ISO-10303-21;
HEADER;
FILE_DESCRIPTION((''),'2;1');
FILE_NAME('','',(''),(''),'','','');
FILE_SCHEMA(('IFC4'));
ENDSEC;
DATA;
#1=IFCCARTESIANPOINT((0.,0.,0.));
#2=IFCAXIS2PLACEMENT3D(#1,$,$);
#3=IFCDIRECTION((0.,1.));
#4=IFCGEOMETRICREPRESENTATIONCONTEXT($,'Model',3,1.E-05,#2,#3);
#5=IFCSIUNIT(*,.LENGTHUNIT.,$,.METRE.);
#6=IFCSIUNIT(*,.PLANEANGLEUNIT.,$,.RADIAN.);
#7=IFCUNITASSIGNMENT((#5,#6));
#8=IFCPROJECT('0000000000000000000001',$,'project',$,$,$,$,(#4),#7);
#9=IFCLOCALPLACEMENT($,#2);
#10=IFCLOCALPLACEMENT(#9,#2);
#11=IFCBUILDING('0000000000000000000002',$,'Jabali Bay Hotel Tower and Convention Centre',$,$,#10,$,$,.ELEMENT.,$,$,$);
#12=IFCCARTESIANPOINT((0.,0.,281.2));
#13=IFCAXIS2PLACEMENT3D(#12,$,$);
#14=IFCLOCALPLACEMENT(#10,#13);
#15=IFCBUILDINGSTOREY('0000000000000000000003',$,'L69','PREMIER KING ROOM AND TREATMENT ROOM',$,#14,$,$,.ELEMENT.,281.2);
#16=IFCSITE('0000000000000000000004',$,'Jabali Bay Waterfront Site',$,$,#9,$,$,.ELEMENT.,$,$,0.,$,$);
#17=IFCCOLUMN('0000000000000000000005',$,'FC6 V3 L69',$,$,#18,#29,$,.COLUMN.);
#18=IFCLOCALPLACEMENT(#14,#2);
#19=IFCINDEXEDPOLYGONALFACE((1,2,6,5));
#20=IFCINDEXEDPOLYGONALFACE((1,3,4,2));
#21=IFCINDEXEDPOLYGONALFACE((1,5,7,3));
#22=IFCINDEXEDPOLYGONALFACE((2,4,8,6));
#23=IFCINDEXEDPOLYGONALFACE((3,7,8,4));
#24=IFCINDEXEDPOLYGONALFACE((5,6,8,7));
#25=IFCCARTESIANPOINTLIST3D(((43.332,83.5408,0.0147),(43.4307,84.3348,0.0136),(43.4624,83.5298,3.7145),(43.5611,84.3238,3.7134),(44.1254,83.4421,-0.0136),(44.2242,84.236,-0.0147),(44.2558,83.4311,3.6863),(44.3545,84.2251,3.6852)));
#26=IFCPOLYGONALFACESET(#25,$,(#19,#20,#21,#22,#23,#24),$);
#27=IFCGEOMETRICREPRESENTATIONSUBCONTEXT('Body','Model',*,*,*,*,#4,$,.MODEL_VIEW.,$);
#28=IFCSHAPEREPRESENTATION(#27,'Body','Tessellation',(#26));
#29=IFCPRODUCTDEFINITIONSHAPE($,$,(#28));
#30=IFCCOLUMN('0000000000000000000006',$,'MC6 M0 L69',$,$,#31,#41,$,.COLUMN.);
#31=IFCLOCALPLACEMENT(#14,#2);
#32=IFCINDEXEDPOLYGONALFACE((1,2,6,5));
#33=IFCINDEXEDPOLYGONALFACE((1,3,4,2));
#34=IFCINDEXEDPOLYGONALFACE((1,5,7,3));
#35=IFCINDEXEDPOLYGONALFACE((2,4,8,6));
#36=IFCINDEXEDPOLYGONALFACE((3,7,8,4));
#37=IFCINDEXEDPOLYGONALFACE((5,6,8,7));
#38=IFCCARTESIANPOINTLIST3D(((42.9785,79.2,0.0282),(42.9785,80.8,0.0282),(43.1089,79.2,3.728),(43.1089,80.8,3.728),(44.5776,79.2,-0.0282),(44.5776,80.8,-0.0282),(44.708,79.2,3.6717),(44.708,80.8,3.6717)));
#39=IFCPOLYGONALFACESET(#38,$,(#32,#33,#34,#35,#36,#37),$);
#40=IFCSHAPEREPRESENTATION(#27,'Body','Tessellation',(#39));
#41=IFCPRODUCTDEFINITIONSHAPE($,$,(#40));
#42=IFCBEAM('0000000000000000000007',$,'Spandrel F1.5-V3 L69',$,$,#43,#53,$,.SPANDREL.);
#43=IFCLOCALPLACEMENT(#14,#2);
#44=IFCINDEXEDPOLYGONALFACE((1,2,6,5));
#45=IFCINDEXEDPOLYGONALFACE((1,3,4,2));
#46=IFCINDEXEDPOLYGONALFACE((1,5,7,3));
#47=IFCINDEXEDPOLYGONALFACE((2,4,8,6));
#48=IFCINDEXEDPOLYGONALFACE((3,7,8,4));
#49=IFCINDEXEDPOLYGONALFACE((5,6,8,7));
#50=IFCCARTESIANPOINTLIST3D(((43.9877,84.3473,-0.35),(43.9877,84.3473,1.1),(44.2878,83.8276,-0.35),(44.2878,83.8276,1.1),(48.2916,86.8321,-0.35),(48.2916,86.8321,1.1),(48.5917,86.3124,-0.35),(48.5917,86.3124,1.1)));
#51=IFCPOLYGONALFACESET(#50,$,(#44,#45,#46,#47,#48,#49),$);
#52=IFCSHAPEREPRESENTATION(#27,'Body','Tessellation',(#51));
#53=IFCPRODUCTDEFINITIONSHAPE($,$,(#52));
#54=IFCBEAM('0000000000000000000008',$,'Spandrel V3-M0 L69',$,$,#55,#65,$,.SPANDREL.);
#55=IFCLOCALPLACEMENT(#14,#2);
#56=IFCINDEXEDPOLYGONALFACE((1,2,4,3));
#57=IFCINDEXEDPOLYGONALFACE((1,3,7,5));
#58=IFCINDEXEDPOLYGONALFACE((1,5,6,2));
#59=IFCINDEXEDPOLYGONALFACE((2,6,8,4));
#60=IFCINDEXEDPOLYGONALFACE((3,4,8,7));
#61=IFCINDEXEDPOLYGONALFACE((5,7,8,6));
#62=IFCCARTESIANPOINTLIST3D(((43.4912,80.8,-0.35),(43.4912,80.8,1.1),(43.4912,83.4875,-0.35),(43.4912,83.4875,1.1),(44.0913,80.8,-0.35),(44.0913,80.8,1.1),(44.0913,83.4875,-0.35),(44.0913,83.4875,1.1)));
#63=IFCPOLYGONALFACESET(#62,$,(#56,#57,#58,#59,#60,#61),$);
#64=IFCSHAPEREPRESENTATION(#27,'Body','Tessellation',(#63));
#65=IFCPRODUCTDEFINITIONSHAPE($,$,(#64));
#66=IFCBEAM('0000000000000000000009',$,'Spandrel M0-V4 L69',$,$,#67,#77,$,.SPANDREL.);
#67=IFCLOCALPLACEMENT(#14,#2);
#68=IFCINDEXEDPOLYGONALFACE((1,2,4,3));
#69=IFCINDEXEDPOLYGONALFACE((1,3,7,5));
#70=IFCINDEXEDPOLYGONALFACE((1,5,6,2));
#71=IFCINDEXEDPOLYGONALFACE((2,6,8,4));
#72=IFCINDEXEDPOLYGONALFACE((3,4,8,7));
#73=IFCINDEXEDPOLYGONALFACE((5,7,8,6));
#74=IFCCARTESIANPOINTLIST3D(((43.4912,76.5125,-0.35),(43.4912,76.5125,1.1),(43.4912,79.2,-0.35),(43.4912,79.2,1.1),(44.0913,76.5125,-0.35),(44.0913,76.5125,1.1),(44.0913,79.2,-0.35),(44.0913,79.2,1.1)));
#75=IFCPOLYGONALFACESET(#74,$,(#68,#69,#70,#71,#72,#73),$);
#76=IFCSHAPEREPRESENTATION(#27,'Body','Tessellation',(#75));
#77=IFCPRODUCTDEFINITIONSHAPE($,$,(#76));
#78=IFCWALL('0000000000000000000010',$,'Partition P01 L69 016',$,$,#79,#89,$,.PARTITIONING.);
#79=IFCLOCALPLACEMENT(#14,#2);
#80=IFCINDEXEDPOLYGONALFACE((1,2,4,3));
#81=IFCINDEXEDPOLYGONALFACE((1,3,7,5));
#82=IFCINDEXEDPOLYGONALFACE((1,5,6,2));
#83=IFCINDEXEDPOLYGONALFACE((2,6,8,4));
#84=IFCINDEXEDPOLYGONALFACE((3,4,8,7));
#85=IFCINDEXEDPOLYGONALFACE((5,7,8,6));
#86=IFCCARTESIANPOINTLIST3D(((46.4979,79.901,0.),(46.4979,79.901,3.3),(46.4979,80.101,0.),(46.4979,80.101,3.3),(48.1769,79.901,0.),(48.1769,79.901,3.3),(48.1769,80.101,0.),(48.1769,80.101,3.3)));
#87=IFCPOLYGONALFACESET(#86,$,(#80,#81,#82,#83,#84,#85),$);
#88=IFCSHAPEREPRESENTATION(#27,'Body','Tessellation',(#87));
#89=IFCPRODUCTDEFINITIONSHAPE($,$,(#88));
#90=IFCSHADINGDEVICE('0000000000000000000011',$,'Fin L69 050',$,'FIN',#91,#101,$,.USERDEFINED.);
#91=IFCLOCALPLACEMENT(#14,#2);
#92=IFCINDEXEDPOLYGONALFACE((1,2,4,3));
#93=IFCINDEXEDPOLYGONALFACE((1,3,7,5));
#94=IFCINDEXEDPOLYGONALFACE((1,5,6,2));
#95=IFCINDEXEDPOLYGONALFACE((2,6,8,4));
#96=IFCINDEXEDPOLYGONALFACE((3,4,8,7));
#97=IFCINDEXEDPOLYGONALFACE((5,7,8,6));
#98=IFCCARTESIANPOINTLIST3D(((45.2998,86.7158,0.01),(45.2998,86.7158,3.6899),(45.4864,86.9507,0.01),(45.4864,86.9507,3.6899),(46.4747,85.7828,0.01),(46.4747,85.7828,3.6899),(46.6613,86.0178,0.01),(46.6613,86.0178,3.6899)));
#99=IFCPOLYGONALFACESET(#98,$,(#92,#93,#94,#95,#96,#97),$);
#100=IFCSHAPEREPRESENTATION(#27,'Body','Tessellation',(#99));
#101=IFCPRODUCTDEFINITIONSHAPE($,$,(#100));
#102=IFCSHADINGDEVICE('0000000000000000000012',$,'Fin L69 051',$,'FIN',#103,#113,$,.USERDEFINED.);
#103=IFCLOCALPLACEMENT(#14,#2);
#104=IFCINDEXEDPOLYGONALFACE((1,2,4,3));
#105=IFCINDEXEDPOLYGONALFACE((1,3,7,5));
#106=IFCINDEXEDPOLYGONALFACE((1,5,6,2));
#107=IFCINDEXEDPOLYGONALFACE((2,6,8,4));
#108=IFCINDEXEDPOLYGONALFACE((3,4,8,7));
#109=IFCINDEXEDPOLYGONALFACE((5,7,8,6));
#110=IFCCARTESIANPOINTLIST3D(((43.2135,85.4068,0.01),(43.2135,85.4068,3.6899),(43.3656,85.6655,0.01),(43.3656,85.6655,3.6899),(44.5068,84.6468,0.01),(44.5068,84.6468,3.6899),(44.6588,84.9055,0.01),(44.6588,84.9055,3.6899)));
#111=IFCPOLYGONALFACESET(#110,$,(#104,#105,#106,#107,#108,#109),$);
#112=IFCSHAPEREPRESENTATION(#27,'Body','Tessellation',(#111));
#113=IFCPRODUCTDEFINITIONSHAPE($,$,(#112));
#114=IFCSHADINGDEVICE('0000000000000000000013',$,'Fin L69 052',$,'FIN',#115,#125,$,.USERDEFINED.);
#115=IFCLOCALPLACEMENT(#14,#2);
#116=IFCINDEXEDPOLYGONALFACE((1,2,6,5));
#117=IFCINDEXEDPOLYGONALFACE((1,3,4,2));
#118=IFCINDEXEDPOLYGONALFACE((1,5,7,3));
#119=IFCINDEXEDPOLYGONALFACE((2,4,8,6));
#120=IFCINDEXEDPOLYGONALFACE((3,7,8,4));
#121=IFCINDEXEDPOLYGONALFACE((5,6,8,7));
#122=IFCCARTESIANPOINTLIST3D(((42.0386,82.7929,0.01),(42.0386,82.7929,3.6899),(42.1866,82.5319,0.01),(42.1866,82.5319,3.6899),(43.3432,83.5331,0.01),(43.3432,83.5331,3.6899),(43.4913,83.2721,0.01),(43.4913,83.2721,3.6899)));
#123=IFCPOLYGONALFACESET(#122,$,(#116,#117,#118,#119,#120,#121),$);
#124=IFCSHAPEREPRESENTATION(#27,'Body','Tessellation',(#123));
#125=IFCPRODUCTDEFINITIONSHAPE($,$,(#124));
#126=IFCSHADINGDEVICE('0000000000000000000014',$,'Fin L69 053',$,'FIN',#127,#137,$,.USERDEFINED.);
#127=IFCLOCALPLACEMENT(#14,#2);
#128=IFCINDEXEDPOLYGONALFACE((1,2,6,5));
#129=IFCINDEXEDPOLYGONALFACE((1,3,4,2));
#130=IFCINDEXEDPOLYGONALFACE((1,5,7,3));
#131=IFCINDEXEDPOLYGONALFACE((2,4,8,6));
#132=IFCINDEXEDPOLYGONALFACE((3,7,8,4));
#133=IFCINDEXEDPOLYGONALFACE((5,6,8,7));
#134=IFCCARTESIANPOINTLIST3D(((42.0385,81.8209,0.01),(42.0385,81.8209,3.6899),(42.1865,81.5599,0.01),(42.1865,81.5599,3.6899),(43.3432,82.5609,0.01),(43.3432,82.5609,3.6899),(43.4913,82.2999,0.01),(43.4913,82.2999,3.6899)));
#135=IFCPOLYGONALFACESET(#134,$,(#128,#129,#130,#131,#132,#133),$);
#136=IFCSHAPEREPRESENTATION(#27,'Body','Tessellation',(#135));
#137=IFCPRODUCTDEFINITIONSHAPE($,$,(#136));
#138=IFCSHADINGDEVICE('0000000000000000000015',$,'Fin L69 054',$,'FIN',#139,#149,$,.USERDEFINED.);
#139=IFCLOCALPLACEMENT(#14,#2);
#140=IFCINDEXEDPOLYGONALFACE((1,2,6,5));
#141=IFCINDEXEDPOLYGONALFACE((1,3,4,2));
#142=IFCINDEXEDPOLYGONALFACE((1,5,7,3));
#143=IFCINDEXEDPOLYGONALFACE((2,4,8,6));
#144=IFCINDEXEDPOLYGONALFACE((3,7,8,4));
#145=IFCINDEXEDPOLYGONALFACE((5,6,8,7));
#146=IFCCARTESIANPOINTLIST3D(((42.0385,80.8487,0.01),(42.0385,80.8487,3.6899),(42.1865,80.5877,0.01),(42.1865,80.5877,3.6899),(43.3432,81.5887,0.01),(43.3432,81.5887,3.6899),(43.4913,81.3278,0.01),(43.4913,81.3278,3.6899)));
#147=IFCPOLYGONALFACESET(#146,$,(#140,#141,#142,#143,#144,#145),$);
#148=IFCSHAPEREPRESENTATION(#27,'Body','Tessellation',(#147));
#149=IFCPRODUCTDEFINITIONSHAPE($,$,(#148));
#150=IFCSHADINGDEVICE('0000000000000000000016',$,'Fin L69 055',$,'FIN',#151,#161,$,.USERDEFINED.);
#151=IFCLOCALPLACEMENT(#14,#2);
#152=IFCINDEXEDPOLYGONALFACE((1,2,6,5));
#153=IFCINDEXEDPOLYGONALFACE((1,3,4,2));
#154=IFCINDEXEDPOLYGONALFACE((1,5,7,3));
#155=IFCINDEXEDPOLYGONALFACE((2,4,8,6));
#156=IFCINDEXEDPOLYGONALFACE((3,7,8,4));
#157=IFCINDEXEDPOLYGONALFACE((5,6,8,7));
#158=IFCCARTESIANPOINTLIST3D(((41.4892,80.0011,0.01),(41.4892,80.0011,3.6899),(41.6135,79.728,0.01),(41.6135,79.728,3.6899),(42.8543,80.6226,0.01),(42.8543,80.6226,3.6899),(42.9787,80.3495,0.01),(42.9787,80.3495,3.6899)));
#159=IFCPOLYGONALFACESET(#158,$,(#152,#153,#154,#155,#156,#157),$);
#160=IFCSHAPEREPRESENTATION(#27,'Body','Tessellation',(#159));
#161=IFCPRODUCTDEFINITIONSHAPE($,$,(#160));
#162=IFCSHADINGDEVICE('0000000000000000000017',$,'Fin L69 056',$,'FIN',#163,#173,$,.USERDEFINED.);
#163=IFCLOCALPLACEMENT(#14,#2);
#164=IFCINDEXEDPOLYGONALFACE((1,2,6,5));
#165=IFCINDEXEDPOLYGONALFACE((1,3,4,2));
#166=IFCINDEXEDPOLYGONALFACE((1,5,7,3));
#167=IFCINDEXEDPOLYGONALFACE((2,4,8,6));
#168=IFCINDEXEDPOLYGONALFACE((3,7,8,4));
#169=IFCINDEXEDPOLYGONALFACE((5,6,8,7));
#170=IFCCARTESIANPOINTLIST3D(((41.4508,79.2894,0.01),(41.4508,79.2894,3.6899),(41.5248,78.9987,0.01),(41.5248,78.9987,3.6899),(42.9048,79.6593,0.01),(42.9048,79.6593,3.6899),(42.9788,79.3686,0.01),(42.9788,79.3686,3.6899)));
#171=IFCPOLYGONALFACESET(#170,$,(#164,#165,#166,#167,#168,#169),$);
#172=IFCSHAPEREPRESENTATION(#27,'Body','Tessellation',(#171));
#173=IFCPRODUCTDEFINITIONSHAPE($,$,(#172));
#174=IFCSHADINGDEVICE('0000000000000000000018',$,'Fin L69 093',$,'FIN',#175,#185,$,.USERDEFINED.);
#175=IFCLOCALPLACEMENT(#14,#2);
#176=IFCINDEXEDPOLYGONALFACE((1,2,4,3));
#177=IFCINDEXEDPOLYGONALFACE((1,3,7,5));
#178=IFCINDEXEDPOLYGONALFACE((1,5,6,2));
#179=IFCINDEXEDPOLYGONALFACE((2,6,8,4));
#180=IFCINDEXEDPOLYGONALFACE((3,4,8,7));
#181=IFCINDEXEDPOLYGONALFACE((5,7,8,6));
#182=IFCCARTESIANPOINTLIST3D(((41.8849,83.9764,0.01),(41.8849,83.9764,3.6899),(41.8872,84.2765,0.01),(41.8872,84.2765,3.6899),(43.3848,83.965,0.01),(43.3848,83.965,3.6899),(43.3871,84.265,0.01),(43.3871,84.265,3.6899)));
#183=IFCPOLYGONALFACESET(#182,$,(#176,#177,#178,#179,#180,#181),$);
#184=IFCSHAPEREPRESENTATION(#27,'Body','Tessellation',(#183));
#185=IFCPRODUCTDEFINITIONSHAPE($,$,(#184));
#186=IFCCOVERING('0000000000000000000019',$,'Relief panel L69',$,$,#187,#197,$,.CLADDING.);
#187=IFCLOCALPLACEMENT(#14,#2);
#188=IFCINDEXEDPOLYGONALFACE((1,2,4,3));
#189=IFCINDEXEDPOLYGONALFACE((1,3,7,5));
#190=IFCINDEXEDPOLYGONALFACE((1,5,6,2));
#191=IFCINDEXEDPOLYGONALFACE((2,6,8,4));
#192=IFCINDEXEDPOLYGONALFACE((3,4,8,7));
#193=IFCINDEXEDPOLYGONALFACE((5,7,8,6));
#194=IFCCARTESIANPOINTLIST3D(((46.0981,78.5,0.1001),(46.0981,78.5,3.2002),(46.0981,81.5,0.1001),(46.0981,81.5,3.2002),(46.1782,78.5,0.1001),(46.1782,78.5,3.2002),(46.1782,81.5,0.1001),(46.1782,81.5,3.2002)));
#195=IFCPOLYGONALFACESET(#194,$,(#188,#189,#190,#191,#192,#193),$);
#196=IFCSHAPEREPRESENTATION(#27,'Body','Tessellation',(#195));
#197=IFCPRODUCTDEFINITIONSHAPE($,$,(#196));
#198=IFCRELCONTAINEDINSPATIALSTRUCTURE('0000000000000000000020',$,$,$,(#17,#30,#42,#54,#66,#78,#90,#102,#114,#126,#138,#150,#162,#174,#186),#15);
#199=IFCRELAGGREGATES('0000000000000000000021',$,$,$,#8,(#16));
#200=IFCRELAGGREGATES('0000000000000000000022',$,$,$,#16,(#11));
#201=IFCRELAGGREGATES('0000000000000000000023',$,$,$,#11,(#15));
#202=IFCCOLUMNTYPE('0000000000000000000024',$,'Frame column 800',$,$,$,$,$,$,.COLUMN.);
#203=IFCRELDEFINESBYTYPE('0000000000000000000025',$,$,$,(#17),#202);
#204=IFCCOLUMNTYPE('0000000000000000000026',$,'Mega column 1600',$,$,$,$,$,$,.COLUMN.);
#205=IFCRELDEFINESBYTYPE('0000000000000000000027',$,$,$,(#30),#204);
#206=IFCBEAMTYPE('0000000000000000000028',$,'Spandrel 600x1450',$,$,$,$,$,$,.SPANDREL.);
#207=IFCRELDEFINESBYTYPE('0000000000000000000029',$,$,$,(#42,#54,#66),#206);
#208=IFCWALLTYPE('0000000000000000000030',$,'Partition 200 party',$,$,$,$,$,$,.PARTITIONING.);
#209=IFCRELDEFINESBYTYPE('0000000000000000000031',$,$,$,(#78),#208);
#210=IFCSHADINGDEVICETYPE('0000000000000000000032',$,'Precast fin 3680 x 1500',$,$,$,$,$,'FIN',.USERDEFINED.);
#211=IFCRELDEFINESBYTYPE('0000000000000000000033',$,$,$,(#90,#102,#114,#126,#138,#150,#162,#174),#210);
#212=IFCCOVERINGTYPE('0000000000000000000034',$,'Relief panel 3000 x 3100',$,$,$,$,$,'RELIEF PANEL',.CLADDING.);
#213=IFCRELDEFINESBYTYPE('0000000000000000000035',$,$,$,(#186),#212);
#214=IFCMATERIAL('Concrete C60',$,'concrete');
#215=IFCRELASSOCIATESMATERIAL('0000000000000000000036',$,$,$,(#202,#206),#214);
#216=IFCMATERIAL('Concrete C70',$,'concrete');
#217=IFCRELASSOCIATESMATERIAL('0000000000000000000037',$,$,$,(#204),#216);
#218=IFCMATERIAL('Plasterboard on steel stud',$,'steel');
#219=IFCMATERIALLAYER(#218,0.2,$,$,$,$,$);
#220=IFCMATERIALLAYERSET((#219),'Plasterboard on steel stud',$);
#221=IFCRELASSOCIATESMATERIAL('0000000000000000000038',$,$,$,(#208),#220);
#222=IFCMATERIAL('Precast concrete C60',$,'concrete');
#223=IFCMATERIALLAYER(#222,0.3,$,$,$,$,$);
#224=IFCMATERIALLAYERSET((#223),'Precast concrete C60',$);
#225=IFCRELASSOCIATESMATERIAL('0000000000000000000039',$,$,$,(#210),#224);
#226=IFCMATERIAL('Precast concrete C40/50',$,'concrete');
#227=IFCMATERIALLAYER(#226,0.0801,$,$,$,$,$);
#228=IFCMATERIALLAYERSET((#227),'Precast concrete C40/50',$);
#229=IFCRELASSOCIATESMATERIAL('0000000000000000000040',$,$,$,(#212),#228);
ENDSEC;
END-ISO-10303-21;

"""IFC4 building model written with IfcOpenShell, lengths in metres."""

from ifc_helpers import new_model, si_unit, direction, frame, frame_2d, origin, origin_2d, place, context, subcontext, project, spatial, rectangle, extrude, material, layer, layer_set, material_profile, profile_set, type_object, element, save


model = new_model("IFC4")

# Units and contexts
model_context = context("Model", 3, precision=1e-05, world=origin(), true_north=direction((0.0, 1.0)))
body_context = subcontext(model_context, "Body", "Model", "MODEL_VIEW")
ifc_project = project(units=[si_unit("LENGTHUNIT", "METRE"), si_unit("PLANEANGLEUNIT", "RADIAN")], contexts=[model_context])

# Site, building, storey
site_placement = place(None, origin())
site = spatial("IfcSite", under=ifc_project, at=site_placement, Name="Jabali Bay Waterfront Site", CompositionType="ELEMENT", RefElevation=0.0)
building_placement = place(site_placement, origin())
building = spatial("IfcBuilding", under=site, at=building_placement, Name="Jabali Bay Hotel Tower and Convention Centre", CompositionType="ELEMENT")
storey_placement = place(building_placement, frame((0.0, 0.0, 281.2)))
storey = spatial("IfcBuildingStorey", under=building, at=storey_placement, Name="L69", Description="PREMIER KING ROOM AND TREATMENT ROOM", CompositionType="ELEMENT", Elevation=281.2)

# Columns
ifc_material_1 = material(Name="Concrete C60", Category="concrete")
ifc_material_profile_1 = material_profile(ifc_material_1, rectangle(XDim=0.8, YDim=0.8, at=origin_2d()), Name="Frame column 800")
ifc_profile_set_1 = profile_set([ifc_material_profile_1], Name="Concrete C60")
column_type_1 = type_object("IfcColumnType", Name="Frame column 800", PredefinedType="COLUMN", material=ifc_profile_set_1)
column_1_placement = place(storey_placement, frame((43.7781, 83.8884, 0.0), z_axis=(0.035214, -0.002967, 0.999375), x_axis=(-0.991731, 0.123384, 0.035311)))
element("IfcColumn", 1, at=column_1_placement, inside=storey, type_object=column_type_1, Name="FC6 V3 L69", PredefinedType="COLUMN", context=body_context, shape_type="SweptSolid", body=[
    extrude(rectangle(XDim=0.8, YDim=0.8, at=origin_2d()), origin(), (0.0, 0.0, 1.0), 3.7021),
])
ifc_material_2 = material(Name="Concrete C70", Category="concrete")
ifc_material_profile_2 = material_profile(ifc_material_2, rectangle(XDim=1.6001, YDim=1.6001, at=origin_2d()), Name="Mega column 1600")
ifc_profile_set_2 = profile_set([ifc_material_profile_2], Name="Concrete C70")
column_type_2 = type_object("IfcColumnType", Name="Mega column 1600", PredefinedType="COLUMN", material=ifc_profile_set_2)
column_2_placement = place(storey_placement, frame((43.7781, 80.0, 0.0), z_axis=(0.035214, 0.0, 0.99938), x_axis=(0.0, 1.0, 0.0)))
element("IfcColumn", 2, at=column_2_placement, inside=storey, type_object=column_type_2, Name="MC6 M0 L69", PredefinedType="COLUMN", context=body_context, shape_type="SweptSolid", body=[
    extrude(rectangle(XDim=1.6001, YDim=1.6001, at=origin_2d()), origin(), (0.0, 0.0, 1.0), 3.7021),
])

# Beams
ifc_material_profile_3 = material_profile(ifc_material_1, rectangle(XDim=0.6001, YDim=1.45, at=origin_2d()), Name="Spandrel 600x1450")
ifc_profile_set_3 = profile_set([ifc_material_profile_3], Name="Concrete C60")
beam_type = type_object("IfcBeamType", Name="Spandrel 600x1450", PredefinedType="SPANDREL", material=ifc_profile_set_3)
beam_placement = place(storey_placement, frame((48.4417, 86.5723, 0.375), z_axis=(-0.866028, -0.499996, 0.0), x_axis=(0.499996, -0.866028, 0.0)))
element("IfcBeam", 3, at=beam_placement, inside=storey, type_object=beam_type, Name="Spandrel F1.5-V3 L69", PredefinedType="SPANDREL", context=body_context, shape_type="SweptSolid", body=[
    extrude(rectangle(XDim=0.6001, YDim=1.45, at=origin_2d()), origin(), (0.0, 0.0, 1.0), 4.9697),
])
for number, where, z_axis, x_axis, name in (
    (4, (43.7913, 83.4875, 0.375), (0.0, -1.0, 0.0), (1.0, 0.0, 0.0), "Spandrel V3-M0 L69"),
    (5, (43.7913, 79.2, 0.375), (0.0, -1.0, 0.0), (1.0, 0.0, 0.0), "Spandrel M0-V4 L69"),
):
    element("IfcBeam", number, at=place(storey_placement, frame(where, z_axis=z_axis, x_axis=x_axis)), inside=storey, type_object=beam_type, Name=name, PredefinedType="SPANDREL", context=body_context, shape_type="SweptSolid", body=[
        extrude(rectangle(XDim=0.6001, YDim=1.45, at=origin_2d()), origin(), (0.0, 0.0, 1.0), 2.6875),
    ])

# Wall
ifc_material_3 = material(Name="Plasterboard on steel stud", Category="steel")
ifc_layer_1 = layer(ifc_material_3, 0.2)
ifc_layer_set_1 = layer_set([ifc_layer_1], Name="Plasterboard on steel stud")
wall_type_1 = type_object("IfcWallType", Name="Partition 200 party", PredefinedType="PARTITIONING", material=ifc_layer_set_1)
wall_1_placement = place(storey_placement, frame((46.498, 80.001, 0.0), z_axis=(0.0, 0.0, 1.0), x_axis=(1.0, 0.0, 0.0)))
element("IfcWall", 6, at=wall_1_placement, inside=storey, type_object=wall_type_1, Name="Partition P01 L69 016", PredefinedType="PARTITIONING", context=body_context, shape_type="SweptSolid", body=[
    extrude(rectangle(XDim=1.679, YDim=0.2, at=frame_2d((0.8394, 0.0))), origin(), (0.0, 0.0, 1.0), 3.3),
])

# Shading devices
ifc_material_4 = material(Name="Precast concrete C60", Category="concrete")
ifc_layer_2 = layer(ifc_material_4, 0.3)
ifc_layer_set_2 = layer_set([ifc_layer_2], Name="Precast concrete C60")
shading_device_type = type_object("IfcShadingDeviceType", Name="Precast fin 3680 x 1500", ElementType="FIN", PredefinedType="USERDEFINED", material=ifc_layer_set_2)
shading_device_1_placement = place(storey_placement, frame((46.5679, 85.9004, 0.01), z_axis=(0.0, 0.0, 1.0), x_axis=(-0.783134, 0.621853, 0.0)))
element("IfcShadingDevice", 7, at=shading_device_1_placement, inside=storey, type_object=shading_device_type, Name="Fin L69 050", ObjectType="FIN", PredefinedType="USERDEFINED", context=body_context, shape_type="SweptSolid", body=[
    extrude(rectangle(XDim=1.5002, YDim=0.3, at=frame_2d((0.75, 0.0))), origin(), (0.0, 0.0, 1.0), 3.6799),
])
for number, where, z_axis, x_axis, name in (
    (8, (44.5828, 84.7761, 0.01), (0.0, 0.0, 1.0), (-0.862139, 0.506672, 0.0), "Fin L69 051"),
    (9, (43.4172, 83.4026, 0.01), (0.0, 0.0, 1.0), (-0.869761, -0.493472, 0.0), "Fin L69 052"),
    (10, (43.4172, 82.4304, 0.01), (0.0, 0.0, 1.0), (-0.869831, -0.493349, 0.0), "Fin L69 053"),
    (11, (43.4172, 81.4583, 0.01), (0.0, 0.0, 1.0), (-0.869831, -0.493349, 0.0), "Fin L69 054"),
    (12, (42.9165, 80.4861, 0.01), (0.0, 0.0, 1.0), (-0.91011, -0.414367, 0.0), "Fin L69 055"),
):
    element("IfcShadingDevice", number, at=place(storey_placement, frame(where, z_axis=z_axis, x_axis=x_axis)), inside=storey, type_object=shading_device_type, Name=name, ObjectType="FIN", PredefinedType="USERDEFINED", context=body_context, shape_type="SweptSolid", body=[
        extrude(rectangle(XDim=1.5, YDim=0.3, at=frame_2d((0.75, 0.0))), origin(), (0.0, 0.0, 1.0), 3.6799),
    ])
shading_device_2_placement = place(storey_placement, frame((42.9417, 79.5139, 0.01), z_axis=(0.0, 0.0, 1.0), x_axis=(-0.969129, -0.246554, 0.0)))
element("IfcShadingDevice", 13, at=shading_device_2_placement, inside=storey, type_object=shading_device_type, Name="Fin L69 056", ObjectType="FIN", PredefinedType="USERDEFINED", context=body_context, shape_type="SweptSolid", body=[
    extrude(rectangle(XDim=1.5002, YDim=0.3, at=frame_2d((0.75, 0.0))), origin(), (0.0, 0.0, 1.0), 3.6799),
])
shading_device_3_placement = place(storey_placement, frame((43.386, 84.115, 0.01), z_axis=(0.0, 0.0, 1.0), x_axis=(-0.999971, 0.00765, 0.0)))
element("IfcShadingDevice", 14, at=shading_device_3_placement, inside=storey, type_object=shading_device_type, Name="Fin L69 093", ObjectType="FIN", PredefinedType="USERDEFINED", context=body_context, shape_type="SweptSolid", body=[
    extrude(rectangle(XDim=1.5, YDim=0.3, at=frame_2d((0.75, 0.0))), origin(), (0.0, 0.0, 1.0), 3.6799),
])

# Covering
ifc_material_5 = material(Name="Precast concrete C40/50", Category="concrete")
ifc_layer_3 = layer(ifc_material_5, 0.0801)
ifc_layer_set_3 = layer_set([ifc_layer_3], Name="Precast concrete C40/50")
covering_type = type_object("IfcCoveringType", Name="Relief panel 3000 x 3100", ElementType="RELIEF PANEL", PredefinedType="CLADDING", material=ifc_layer_set_3)
covering_placement = place(storey_placement, frame((46.1382, 80.0, 0.1001), z_axis=(0.0, 0.0, 1.0), x_axis=(0.0, 1.0, 0.0)))
element("IfcCovering", 15, at=covering_placement, inside=storey, type_object=covering_type, Name="Relief panel L69", PredefinedType="CLADDING", context=body_context, shape_type="SweptSolid", body=[
    extrude(rectangle(XDim=3.0, YDim=0.0801, at=origin_2d()), origin(), (0.0, 0.0, 1.0), 3.1001),
])

save(model, "model.ifc")
